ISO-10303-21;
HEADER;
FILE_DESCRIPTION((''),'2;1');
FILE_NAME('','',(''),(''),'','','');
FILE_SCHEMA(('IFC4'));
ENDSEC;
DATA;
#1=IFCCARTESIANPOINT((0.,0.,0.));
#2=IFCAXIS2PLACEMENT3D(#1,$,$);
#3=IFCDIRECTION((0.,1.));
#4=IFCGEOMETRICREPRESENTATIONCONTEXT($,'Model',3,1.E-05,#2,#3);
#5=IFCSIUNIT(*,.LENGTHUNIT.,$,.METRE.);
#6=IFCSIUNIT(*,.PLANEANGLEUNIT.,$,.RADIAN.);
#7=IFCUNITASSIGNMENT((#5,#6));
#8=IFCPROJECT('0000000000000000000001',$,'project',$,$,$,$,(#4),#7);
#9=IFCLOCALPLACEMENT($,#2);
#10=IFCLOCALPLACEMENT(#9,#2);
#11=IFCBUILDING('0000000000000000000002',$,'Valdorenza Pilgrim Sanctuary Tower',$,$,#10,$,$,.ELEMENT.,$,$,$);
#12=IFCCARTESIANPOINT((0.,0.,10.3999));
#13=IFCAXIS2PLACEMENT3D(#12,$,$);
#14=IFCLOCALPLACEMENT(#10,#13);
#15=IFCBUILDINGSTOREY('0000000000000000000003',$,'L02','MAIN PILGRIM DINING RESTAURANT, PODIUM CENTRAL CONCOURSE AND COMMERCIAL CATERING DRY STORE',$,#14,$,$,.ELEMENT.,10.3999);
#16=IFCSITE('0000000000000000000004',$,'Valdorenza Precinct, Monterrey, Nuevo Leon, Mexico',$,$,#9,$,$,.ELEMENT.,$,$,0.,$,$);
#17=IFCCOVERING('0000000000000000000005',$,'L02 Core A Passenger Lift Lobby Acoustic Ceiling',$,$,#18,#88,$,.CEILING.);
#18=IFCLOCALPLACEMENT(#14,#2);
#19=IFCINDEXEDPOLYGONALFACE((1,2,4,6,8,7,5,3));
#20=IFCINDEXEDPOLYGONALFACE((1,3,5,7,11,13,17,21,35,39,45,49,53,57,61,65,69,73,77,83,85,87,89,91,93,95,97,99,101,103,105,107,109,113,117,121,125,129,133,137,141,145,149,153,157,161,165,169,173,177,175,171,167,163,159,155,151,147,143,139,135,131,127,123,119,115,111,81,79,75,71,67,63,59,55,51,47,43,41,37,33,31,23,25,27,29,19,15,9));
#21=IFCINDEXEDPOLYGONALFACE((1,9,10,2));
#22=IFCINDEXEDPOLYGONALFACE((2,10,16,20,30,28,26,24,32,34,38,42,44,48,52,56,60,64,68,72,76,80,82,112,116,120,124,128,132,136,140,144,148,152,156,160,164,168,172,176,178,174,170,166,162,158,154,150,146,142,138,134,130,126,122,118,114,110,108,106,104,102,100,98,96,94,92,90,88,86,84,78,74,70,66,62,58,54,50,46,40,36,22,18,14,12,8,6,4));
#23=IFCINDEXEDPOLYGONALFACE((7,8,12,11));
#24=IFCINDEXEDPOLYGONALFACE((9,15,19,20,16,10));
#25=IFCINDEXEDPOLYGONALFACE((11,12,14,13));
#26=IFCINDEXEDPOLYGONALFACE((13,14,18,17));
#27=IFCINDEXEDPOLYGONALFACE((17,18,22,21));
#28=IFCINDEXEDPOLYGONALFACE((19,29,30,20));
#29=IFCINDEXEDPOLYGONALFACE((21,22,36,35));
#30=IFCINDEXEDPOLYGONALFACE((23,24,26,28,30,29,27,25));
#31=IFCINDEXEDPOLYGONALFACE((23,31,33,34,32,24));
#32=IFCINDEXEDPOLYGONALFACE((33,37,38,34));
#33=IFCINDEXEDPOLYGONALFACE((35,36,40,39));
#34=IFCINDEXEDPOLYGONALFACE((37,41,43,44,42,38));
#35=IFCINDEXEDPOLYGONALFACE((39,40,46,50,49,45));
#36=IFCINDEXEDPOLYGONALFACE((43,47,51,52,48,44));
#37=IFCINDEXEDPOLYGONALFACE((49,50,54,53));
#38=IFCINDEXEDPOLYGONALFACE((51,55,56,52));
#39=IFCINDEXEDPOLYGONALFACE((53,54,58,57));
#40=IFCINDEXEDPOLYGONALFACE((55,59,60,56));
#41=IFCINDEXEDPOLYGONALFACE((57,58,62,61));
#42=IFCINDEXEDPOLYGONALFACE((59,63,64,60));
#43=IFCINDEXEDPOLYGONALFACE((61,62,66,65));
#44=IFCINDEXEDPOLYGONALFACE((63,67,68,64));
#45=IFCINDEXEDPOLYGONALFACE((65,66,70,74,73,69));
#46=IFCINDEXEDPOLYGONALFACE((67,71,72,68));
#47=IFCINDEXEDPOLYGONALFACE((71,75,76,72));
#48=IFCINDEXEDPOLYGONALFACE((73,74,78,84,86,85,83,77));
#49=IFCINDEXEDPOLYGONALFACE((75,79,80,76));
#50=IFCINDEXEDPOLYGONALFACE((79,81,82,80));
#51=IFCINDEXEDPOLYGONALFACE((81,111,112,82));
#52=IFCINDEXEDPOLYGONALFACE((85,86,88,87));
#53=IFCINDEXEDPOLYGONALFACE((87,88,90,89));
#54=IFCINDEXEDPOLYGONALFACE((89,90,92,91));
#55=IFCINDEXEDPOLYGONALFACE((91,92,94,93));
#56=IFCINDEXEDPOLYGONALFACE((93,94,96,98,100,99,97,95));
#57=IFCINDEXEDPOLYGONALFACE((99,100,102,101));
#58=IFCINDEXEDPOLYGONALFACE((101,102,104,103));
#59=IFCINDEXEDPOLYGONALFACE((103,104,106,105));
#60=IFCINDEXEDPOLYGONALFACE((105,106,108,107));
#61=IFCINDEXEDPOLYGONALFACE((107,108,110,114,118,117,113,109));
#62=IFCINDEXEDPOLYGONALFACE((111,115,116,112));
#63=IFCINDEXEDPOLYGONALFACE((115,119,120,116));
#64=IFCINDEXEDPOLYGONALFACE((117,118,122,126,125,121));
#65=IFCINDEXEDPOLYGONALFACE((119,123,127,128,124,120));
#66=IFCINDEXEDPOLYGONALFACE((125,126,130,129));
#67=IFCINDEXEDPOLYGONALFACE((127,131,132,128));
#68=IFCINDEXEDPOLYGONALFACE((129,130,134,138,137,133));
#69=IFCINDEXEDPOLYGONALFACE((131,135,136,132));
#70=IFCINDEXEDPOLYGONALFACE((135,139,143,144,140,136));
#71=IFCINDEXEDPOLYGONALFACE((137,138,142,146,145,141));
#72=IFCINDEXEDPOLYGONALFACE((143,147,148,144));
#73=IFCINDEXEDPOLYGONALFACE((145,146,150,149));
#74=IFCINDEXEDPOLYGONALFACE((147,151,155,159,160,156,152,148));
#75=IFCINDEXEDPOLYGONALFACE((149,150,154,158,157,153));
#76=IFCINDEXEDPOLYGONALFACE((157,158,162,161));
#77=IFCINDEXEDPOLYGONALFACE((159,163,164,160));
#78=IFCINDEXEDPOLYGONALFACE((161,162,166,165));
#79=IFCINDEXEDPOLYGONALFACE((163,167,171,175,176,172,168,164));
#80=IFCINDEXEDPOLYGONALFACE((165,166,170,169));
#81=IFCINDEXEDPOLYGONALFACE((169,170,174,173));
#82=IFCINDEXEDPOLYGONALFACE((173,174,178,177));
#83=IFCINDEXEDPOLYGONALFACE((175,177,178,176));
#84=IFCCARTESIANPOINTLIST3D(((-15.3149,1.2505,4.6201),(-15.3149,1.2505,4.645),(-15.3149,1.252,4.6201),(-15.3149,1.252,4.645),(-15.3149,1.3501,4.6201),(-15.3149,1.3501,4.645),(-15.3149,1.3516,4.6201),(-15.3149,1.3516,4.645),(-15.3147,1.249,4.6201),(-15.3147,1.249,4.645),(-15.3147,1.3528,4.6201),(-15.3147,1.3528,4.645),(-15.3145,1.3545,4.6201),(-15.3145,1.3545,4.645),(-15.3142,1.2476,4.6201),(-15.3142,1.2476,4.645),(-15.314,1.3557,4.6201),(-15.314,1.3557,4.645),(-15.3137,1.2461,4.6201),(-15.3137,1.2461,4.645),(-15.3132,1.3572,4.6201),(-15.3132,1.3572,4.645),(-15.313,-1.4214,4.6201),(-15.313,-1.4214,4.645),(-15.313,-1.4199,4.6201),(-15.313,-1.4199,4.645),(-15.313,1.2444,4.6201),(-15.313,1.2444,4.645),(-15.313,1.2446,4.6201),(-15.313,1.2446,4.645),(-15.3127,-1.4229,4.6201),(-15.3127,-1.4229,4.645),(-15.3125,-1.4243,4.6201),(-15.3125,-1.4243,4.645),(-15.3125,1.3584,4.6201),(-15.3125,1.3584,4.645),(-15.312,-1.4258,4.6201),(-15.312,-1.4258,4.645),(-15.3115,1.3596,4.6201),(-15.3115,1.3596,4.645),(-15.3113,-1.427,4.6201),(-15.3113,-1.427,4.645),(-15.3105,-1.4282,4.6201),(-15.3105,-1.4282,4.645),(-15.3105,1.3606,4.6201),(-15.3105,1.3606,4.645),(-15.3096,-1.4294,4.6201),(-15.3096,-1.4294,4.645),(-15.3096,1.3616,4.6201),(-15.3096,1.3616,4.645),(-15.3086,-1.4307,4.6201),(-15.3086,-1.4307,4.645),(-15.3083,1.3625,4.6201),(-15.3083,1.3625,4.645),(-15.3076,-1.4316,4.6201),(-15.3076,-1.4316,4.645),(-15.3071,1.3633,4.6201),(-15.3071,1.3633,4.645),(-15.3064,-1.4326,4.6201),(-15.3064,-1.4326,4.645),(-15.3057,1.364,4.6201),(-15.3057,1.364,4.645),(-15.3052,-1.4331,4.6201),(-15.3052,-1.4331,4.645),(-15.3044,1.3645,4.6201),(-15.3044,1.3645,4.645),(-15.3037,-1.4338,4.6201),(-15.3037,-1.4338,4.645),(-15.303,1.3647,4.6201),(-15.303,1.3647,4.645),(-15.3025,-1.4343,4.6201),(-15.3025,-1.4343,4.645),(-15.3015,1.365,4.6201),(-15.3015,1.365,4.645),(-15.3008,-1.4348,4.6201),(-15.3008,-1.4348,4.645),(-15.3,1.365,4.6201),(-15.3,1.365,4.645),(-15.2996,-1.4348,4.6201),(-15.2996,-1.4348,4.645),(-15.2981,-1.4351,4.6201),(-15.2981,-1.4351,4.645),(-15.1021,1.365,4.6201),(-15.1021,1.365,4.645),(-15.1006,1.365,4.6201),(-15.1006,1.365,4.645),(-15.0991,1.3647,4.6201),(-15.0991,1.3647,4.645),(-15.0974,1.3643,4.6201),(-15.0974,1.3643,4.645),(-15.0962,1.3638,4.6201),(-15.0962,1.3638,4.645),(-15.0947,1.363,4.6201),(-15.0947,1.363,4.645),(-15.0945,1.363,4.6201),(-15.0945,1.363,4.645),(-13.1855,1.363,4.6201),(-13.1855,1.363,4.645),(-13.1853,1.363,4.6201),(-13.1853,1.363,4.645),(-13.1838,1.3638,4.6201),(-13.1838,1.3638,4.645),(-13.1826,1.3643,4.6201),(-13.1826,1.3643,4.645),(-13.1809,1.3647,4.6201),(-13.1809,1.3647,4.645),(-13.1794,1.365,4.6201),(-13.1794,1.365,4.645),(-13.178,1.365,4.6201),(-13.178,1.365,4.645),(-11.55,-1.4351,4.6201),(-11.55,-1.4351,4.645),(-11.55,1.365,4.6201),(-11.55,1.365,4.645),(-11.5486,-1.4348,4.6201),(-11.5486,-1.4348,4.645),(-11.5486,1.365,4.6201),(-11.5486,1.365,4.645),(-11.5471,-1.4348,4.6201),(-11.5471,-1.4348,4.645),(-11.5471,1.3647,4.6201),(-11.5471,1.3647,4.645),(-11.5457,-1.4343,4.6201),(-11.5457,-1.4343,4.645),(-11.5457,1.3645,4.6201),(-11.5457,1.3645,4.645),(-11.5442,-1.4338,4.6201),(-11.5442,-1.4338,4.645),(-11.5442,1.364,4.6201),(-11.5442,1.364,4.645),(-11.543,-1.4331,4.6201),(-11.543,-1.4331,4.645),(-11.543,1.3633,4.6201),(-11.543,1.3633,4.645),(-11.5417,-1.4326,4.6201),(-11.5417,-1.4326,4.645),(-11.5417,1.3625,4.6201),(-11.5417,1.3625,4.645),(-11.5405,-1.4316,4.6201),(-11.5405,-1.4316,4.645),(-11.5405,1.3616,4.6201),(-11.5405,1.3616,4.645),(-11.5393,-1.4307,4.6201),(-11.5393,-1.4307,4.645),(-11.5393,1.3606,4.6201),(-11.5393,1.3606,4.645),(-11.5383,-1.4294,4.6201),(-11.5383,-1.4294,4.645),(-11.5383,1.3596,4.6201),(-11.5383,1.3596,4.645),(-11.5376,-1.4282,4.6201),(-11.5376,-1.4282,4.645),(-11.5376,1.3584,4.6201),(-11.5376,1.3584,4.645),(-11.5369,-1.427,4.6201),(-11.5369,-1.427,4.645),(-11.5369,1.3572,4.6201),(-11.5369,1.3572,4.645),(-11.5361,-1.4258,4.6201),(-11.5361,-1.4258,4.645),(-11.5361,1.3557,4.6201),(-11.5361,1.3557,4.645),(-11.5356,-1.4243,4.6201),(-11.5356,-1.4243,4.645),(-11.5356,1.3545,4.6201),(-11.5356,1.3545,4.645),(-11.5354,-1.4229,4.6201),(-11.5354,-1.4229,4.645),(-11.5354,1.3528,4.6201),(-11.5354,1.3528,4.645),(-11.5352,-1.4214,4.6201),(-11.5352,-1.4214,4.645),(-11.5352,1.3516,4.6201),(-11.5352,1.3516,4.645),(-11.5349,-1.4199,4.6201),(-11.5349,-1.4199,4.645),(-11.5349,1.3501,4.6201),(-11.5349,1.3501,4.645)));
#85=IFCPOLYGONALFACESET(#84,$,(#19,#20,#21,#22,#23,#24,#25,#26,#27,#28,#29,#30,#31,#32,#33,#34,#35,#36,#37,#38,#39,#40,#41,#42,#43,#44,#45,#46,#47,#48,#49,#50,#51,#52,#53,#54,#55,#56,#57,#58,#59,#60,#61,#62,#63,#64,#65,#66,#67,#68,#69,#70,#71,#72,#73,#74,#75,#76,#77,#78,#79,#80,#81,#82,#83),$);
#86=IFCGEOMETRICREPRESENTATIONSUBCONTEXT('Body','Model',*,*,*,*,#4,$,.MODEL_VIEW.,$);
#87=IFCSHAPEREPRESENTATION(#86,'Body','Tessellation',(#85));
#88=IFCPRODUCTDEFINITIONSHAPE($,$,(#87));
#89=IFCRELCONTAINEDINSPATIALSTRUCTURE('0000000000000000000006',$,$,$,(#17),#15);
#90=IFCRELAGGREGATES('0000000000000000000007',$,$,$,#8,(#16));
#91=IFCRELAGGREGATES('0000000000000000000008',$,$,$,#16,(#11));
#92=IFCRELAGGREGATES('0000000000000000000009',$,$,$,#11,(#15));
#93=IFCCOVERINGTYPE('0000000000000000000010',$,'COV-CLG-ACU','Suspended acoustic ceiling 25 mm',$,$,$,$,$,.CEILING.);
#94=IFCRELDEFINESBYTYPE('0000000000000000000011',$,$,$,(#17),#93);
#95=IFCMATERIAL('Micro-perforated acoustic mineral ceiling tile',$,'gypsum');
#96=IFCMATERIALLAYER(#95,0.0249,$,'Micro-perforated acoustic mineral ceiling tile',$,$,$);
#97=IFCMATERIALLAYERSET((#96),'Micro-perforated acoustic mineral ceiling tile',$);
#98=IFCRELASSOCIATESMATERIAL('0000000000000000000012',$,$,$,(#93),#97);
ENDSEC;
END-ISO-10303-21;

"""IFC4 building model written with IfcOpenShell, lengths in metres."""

from ifc_helpers import new_model, si_unit, direction, frame, origin, place, context, subcontext, project, spatial, polyline, outline, extrude, material, layer, layer_set, type_object, element, save


model = new_model("IFC4")

# Units and contexts
model_context = context("Model", 3, precision=1e-05, world=origin(), true_north=direction((0.0, 1.0)))
body_context = subcontext(model_context, "Body", "Model", "MODEL_VIEW")
ifc_project = project(units=[si_unit("LENGTHUNIT", "METRE"), si_unit("PLANEANGLEUNIT", "RADIAN")], contexts=[model_context])

# Site, building, storey
site_placement = place(None, origin())
site = spatial("IfcSite", under=ifc_project, at=site_placement, Name="Valdorenza Precinct, Monterrey, Nuevo Leon, Mexico", CompositionType="ELEMENT", RefElevation=0.0)
building_placement = place(site_placement, origin())
building = spatial("IfcBuilding", under=site, at=building_placement, Name="Valdorenza Pilgrim Sanctuary Tower", CompositionType="ELEMENT")
storey_placement = place(building_placement, frame((0.0, 0.0, 10.3999)))
storey = spatial("IfcBuildingStorey", under=building, at=storey_placement, Name="L02", Description="MAIN PILGRIM DINING RESTAURANT, PODIUM CENTRAL CONCOURSE AND COMMERCIAL CATERING DRY STORE", CompositionType="ELEMENT", Elevation=10.3999)

# Covering
ifc_material_1 = material(Name="Micro-perforated acoustic mineral ceiling tile", Category="gypsum")
ifc_layer_1 = layer(ifc_material_1, 0.0249, Name="Micro-perforated acoustic mineral ceiling tile")
ifc_layer_set_1 = layer_set([ifc_layer_1], Name="Micro-perforated acoustic mineral ceiling tile")
covering_type_1 = type_object("IfcCoveringType", Name="COV-CLG-ACU", Description="Suspended acoustic ceiling 25 mm", PredefinedType="CEILING", material=ifc_layer_set_1)
covering_1_placement = place(storey_placement, frame((0.0, 0.0, 4.6201)))
element("IfcCovering", 1, at=covering_1_placement, inside=storey, type_object=covering_type_1, Name="L02 Core A Passenger Lift Lobby Acoustic Ceiling", PredefinedType="CEILING", context=body_context, shape_type="SweptSolid", body=[
    extrude(outline(polyline([(-15.313, 1.2444), (-15.313, 1.2446), (-15.3137, 1.2461), (-15.3142, 1.2476), (-15.3147, 1.249), (-15.3149, 1.2505), (-15.3149, 1.252), (-15.3149, 1.3501), (-15.3149, 1.3516), (-15.3147, 1.3528), (-15.3145, 1.3545), (-15.314, 1.3557), (-15.3132, 1.3572), (-15.3125, 1.3584), (-15.3115, 1.3596), (-15.3105, 1.3606), (-15.3096, 1.3616), (-15.3083, 1.3625), (-15.3071, 1.3633), (-15.3057, 1.364), (-15.3044, 1.3645), (-15.303, 1.3647), (-15.3015, 1.365), (-15.3, 1.365), (-15.1021, 1.365), (-15.1006, 1.365), (-15.0991, 1.3647), (-15.0974, 1.3643), (-15.0962, 1.3638), (-15.0947, 1.363), (-15.0945, 1.363), (-13.1855, 1.363), (-13.1853, 1.363), (-13.1838, 1.3638), (-13.1826, 1.3643), (-13.1809, 1.3647), (-13.1794, 1.365), (-13.178, 1.365), (-11.55, 1.365), (-11.5486, 1.365), (-11.5471, 1.3647), (-11.5457, 1.3645), (-11.5442, 1.364), (-11.543, 1.3633), (-11.5417, 1.3625), (-11.5405, 1.3616), (-11.5393, 1.3606), (-11.5383, 1.3596), (-11.5376, 1.3584), (-11.5369, 1.3572), (-11.5361, 1.3557), (-11.5356, 1.3545), (-11.5354, 1.3528), (-11.5352, 1.3516), (-11.5349, 1.3501), (-11.5349, -1.4199), (-11.5352, -1.4214), (-11.5354, -1.4229), (-11.5356, -1.4243), (-11.5361, -1.4258), (-11.5369, -1.427), (-11.5376, -1.4282), (-11.5383, -1.4294), (-11.5393, -1.4307), (-11.5405, -1.4316), (-11.5417, -1.4326), (-11.543, -1.4331), (-11.5442, -1.4338), (-11.5457, -1.4343), (-11.5471, -1.4348), (-11.5486, -1.4348), (-11.55, -1.4351), (-15.2981, -1.4351), (-15.2996, -1.4348), (-15.3008, -1.4348), (-15.3025, -1.4343), (-15.3037, -1.4338), (-15.3052, -1.4331), (-15.3064, -1.4326), (-15.3076, -1.4316), (-15.3086, -1.4307), (-15.3096, -1.4294), (-15.3105, -1.4282), (-15.3113, -1.427), (-15.312, -1.4258), (-15.3125, -1.4243), (-15.3127, -1.4229), (-15.313, -1.4214), (-15.313, -1.4199), (-15.313, 1.2444)])), origin(), (0.0, 0.0, 1.0), 0.0249),
])

save(model, "model.ifc")
